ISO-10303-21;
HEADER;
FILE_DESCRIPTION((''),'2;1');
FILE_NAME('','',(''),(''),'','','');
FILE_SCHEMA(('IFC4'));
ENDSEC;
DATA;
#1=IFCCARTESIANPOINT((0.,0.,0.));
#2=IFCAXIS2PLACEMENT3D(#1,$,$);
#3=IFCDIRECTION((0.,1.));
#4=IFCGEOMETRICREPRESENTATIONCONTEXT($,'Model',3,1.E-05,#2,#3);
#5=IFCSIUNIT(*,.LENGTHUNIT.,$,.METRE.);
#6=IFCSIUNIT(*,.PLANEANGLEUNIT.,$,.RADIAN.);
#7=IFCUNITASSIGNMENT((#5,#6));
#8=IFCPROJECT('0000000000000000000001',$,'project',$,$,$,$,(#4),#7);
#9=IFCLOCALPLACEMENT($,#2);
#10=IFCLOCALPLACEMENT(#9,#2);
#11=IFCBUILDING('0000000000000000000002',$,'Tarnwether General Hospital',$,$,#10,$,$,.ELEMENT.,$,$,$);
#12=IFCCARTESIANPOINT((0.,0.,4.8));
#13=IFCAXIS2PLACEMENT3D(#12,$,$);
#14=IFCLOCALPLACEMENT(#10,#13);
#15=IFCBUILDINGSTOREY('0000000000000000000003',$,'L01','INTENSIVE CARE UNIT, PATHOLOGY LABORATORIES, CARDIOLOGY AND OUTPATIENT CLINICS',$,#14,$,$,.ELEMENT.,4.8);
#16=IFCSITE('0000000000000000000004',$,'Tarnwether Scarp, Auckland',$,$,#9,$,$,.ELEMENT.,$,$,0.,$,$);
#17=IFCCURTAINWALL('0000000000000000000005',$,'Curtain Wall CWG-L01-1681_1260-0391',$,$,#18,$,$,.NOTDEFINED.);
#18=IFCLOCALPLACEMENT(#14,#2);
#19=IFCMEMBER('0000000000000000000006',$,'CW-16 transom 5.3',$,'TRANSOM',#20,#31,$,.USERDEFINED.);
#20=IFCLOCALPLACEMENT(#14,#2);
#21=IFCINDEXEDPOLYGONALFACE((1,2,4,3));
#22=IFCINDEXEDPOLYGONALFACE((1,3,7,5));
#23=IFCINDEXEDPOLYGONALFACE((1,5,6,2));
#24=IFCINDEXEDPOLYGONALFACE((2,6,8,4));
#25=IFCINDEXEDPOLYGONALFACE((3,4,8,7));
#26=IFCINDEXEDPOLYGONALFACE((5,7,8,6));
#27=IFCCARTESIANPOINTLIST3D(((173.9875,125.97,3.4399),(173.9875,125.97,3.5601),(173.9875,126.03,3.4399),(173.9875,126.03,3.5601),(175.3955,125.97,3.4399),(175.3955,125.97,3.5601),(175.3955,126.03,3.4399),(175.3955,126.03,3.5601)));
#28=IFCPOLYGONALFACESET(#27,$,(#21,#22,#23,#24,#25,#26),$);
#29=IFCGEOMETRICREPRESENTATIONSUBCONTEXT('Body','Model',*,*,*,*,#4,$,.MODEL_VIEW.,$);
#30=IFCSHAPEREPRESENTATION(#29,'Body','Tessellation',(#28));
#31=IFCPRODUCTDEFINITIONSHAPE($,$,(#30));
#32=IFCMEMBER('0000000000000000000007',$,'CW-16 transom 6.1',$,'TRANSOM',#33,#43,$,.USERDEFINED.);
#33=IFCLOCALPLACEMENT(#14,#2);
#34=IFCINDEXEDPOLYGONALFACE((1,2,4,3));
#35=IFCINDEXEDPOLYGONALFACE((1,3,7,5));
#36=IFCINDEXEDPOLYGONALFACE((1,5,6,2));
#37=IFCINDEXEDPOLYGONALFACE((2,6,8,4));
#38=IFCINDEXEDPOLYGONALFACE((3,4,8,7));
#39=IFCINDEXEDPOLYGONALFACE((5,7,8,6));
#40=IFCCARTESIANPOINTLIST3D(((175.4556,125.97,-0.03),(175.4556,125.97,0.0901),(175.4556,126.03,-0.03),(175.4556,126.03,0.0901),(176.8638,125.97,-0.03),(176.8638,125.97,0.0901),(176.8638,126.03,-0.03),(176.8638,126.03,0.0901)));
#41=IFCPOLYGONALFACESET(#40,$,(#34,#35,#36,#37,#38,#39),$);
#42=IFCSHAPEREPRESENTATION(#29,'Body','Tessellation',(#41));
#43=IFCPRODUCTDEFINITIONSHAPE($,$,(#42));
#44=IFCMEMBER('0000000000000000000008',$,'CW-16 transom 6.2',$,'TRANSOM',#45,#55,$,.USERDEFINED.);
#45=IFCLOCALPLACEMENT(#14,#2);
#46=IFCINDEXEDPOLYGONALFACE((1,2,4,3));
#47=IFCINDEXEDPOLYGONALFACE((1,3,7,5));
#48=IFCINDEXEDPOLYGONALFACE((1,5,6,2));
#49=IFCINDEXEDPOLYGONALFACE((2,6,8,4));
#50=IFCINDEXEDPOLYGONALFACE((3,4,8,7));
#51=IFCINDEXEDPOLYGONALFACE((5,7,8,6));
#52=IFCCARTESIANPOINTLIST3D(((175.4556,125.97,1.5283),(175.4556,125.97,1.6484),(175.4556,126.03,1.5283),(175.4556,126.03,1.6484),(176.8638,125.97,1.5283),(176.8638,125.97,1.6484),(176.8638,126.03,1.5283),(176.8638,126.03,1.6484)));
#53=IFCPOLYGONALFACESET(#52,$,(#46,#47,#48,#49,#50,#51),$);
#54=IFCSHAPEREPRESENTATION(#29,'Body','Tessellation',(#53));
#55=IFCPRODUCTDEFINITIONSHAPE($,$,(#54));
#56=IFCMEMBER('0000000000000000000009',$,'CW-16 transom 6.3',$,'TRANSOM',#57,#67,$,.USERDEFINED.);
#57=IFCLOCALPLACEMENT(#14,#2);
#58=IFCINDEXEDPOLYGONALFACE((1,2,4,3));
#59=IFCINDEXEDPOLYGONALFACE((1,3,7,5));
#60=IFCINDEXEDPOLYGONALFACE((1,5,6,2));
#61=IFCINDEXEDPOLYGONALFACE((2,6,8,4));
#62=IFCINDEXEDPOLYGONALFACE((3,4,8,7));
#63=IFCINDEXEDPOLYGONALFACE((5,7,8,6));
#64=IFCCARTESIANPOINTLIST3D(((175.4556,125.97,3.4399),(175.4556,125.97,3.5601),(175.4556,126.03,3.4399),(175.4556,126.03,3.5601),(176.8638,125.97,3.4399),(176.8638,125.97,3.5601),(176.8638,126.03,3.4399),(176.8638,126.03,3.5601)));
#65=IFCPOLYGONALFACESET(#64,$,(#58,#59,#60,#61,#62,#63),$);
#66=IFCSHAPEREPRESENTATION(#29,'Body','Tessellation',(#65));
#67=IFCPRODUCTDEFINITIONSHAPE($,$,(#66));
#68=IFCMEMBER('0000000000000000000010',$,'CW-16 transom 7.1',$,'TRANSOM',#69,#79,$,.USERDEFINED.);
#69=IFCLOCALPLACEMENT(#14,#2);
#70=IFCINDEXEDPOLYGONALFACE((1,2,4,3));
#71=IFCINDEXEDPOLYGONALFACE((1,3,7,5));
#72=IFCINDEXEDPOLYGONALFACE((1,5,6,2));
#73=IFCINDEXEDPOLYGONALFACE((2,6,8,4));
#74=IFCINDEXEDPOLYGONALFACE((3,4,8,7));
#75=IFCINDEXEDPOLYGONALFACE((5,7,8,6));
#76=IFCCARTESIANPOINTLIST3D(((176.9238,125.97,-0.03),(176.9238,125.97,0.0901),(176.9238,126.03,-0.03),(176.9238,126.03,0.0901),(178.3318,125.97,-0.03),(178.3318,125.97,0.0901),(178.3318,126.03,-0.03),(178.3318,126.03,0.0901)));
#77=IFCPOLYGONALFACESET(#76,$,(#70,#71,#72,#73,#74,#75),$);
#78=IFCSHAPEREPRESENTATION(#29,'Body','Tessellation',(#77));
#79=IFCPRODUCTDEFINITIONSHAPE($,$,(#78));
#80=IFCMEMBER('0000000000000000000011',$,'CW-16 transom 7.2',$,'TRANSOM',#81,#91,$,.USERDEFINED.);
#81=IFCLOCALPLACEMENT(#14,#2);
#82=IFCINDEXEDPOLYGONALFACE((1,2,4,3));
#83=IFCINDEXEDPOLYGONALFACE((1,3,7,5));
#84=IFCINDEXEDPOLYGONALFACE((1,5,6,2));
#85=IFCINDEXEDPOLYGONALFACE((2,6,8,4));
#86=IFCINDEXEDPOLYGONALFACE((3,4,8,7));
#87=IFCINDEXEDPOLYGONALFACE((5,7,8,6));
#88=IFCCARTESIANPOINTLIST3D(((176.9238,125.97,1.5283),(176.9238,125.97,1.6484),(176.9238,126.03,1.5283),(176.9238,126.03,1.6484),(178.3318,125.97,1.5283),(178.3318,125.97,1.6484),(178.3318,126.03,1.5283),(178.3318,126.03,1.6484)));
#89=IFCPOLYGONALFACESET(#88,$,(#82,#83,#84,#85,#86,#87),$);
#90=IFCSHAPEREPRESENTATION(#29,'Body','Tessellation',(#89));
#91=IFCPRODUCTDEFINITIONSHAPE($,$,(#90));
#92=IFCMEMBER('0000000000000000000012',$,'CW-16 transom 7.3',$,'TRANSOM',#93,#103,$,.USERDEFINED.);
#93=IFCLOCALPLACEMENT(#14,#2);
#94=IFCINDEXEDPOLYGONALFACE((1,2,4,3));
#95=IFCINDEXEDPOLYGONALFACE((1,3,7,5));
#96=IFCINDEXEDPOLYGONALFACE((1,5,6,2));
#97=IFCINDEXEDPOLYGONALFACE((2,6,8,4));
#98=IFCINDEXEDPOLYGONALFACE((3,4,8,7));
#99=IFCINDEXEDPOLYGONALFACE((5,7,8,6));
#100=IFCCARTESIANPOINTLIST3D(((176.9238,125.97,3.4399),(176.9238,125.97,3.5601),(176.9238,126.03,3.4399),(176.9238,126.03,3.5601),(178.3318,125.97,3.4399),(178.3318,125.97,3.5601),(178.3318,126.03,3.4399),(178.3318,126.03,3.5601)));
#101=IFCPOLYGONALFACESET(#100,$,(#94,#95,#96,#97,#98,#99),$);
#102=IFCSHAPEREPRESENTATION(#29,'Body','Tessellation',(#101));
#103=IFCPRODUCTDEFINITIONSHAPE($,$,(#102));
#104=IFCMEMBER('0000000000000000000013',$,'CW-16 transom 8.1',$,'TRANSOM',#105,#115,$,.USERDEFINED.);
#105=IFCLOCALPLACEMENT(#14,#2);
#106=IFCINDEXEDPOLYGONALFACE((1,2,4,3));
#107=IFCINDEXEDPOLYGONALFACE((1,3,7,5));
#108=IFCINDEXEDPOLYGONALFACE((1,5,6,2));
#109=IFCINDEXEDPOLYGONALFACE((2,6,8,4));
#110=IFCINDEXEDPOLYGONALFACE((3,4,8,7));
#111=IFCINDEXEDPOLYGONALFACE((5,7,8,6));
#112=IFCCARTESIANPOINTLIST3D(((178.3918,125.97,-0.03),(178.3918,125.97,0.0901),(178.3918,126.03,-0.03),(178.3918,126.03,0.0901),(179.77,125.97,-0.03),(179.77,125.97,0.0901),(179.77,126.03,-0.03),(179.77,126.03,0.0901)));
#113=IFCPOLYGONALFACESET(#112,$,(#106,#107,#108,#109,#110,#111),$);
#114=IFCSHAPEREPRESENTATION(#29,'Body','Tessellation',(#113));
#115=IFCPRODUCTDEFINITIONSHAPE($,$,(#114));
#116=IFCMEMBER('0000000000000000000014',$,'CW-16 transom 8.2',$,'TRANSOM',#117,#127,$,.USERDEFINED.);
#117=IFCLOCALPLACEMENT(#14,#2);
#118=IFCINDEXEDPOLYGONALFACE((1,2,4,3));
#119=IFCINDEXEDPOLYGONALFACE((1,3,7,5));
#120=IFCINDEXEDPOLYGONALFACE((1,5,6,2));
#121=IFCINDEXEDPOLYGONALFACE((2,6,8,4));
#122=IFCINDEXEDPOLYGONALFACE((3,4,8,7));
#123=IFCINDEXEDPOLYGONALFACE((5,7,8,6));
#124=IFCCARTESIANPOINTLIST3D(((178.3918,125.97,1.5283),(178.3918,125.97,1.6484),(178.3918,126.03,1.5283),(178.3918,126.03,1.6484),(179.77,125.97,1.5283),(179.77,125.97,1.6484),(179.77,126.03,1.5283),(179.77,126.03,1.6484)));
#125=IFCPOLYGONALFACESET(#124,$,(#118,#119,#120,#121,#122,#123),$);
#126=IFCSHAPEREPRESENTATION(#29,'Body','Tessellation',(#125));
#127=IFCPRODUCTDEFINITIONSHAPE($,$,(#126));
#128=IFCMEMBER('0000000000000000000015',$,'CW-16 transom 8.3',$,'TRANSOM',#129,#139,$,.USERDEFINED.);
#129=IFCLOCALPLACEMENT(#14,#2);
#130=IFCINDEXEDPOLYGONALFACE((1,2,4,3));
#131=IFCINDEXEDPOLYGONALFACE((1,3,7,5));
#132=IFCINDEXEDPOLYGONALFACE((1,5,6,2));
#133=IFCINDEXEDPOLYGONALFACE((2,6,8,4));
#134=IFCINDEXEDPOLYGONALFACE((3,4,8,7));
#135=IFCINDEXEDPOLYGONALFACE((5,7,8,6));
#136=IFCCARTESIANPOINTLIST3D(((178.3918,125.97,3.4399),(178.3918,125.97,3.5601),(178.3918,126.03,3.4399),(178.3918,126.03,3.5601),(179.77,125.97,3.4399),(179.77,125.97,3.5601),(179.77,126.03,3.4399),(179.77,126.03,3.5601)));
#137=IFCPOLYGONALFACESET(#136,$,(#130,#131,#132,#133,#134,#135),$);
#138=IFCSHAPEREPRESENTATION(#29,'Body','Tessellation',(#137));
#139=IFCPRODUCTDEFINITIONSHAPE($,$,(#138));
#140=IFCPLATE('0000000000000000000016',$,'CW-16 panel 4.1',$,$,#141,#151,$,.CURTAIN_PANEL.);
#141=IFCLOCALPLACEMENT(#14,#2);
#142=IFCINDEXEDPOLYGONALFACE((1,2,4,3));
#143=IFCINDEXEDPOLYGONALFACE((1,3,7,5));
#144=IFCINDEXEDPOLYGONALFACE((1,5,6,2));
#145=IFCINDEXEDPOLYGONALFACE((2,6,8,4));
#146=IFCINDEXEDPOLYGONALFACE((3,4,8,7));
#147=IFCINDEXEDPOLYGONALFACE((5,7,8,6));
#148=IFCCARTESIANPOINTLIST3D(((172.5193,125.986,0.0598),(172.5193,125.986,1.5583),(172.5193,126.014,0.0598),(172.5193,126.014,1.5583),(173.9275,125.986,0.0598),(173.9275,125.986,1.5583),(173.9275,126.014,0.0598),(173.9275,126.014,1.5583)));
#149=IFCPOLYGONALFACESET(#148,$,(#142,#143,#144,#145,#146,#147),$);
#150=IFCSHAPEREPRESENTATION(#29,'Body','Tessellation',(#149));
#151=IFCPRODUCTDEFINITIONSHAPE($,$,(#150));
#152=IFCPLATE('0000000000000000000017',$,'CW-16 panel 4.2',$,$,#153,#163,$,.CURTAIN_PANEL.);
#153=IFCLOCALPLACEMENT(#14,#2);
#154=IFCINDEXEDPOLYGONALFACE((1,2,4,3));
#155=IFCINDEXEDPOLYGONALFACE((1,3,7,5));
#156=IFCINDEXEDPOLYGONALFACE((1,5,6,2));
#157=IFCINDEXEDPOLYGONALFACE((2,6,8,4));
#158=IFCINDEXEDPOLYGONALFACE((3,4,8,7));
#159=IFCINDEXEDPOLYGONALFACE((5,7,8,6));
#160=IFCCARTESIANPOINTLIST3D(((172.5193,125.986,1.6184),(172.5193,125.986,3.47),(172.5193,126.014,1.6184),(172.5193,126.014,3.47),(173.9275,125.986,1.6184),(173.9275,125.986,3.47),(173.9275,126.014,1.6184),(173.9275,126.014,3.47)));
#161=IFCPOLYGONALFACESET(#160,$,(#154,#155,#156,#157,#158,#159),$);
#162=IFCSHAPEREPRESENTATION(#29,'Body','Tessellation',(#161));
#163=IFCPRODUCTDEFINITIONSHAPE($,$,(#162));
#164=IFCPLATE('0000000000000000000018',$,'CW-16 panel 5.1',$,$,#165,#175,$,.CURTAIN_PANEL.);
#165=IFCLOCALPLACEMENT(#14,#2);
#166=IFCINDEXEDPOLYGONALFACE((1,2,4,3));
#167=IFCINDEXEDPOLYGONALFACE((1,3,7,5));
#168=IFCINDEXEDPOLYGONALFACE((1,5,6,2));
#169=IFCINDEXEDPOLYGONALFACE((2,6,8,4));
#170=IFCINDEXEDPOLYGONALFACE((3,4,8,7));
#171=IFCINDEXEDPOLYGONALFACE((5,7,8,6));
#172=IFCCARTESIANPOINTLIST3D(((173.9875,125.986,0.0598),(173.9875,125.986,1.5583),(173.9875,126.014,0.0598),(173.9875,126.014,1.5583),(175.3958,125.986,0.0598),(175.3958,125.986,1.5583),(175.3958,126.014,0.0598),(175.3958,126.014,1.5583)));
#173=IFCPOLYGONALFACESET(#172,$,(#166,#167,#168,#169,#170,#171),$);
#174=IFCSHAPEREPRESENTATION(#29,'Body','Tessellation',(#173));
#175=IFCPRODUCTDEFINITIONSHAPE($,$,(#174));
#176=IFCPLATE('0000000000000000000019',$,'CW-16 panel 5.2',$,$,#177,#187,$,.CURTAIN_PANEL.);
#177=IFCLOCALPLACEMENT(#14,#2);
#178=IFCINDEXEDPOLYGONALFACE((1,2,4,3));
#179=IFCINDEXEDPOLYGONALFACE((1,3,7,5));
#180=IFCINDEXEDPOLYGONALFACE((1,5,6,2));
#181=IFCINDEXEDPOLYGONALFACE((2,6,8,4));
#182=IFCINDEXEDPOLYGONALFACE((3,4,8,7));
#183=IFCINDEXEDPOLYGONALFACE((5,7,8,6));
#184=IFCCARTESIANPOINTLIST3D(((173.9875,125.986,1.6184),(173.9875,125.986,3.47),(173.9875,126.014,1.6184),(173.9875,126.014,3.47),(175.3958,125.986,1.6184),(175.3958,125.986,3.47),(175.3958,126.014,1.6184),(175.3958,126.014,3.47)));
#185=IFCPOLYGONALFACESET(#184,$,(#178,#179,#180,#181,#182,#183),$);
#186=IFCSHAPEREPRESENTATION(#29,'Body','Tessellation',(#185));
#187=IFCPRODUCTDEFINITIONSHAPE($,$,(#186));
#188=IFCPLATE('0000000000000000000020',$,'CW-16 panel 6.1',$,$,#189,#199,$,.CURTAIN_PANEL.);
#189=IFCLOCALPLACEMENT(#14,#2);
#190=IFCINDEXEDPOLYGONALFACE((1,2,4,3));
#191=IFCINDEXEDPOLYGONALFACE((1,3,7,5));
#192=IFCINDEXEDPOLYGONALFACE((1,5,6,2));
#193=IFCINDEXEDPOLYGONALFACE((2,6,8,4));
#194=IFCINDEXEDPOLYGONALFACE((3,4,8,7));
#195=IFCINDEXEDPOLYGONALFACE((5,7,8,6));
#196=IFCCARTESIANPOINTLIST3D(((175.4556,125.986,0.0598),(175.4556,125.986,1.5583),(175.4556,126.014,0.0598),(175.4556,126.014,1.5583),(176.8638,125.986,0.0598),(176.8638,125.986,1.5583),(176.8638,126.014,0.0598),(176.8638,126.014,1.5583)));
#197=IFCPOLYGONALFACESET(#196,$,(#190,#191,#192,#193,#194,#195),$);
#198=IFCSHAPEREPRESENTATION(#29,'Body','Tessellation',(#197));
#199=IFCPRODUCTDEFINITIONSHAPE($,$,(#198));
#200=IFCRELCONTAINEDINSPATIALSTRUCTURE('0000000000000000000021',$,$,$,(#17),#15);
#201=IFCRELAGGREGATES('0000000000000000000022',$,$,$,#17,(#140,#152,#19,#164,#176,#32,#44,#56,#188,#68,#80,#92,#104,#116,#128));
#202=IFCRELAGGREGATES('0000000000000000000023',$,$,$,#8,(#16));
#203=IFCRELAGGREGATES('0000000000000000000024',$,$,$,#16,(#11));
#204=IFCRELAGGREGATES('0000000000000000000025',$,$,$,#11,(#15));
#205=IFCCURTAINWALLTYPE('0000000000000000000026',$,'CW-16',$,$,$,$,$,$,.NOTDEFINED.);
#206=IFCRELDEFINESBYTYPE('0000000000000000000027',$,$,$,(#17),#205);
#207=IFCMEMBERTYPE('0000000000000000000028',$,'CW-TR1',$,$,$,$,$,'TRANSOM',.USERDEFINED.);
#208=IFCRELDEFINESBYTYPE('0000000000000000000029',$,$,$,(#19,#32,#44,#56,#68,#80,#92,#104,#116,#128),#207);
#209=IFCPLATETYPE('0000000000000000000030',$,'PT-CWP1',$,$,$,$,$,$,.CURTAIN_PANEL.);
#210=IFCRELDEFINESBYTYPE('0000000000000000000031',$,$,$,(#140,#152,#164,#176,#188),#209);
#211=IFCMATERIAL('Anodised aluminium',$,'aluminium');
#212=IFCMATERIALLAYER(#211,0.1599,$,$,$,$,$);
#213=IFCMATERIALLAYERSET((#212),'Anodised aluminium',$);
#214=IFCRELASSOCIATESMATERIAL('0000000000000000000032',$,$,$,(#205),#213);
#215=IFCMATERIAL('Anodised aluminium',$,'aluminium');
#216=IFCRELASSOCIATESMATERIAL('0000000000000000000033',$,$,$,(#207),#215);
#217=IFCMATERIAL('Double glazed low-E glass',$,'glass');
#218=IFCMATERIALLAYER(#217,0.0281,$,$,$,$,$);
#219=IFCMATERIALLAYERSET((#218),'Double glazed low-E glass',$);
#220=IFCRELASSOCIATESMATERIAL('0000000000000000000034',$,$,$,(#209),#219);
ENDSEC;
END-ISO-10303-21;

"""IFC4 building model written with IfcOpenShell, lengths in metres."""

from ifc_helpers import new_model, si_unit, direction, frame, origin, origin_2d, place, context, subcontext, project, spatial, rectangle, extrude, material, layer, layer_set, material_profile, profile_set, type_object, element, aggregate, save


model = new_model("IFC4")

# Units and contexts
model_context = context("Model", 3, precision=1e-05, world=origin(), true_north=direction((0.0, 1.0)))
body_context = subcontext(model_context, "Body", "Model", "MODEL_VIEW")
ifc_project = project(units=[si_unit("LENGTHUNIT", "METRE"), si_unit("PLANEANGLEUNIT", "RADIAN")], contexts=[model_context])

# Site, building, storey
site_placement = place(None, origin())
site = spatial("IfcSite", under=ifc_project, at=site_placement, Name="Tarnwether Scarp, Auckland", CompositionType="ELEMENT", RefElevation=0.0)
building_placement = place(site_placement, origin())
building = spatial("IfcBuilding", under=site, at=building_placement, Name="Tarnwether General Hospital", CompositionType="ELEMENT")
storey_placement = place(building_placement, frame((0.0, 0.0, 4.8)))
storey = spatial("IfcBuildingStorey", under=building, at=storey_placement, Name="L01", Description="INTENSIVE CARE UNIT, PATHOLOGY LABORATORIES, CARDIOLOGY AND OUTPATIENT CLINICS", CompositionType="ELEMENT", Elevation=4.8)

# Curtain wall, members, plates
ifc_material_1 = material(Name="Anodised aluminium", Category="aluminium")
ifc_layer_1 = layer(ifc_material_1, 0.1599)
ifc_layer_set_1 = layer_set([ifc_layer_1], Name="Anodised aluminium")
curtain_wall_type = type_object("IfcCurtainWallType", Name="CW-16", PredefinedType="NOTDEFINED", material=ifc_layer_set_1)
curtain_wall_placement = place(storey_placement, origin())
curtain_wall = element("IfcCurtainWall", 1, at=curtain_wall_placement, inside=storey, type_object=curtain_wall_type, Name="Curtain Wall CWG-L01-1681_1260-0391", PredefinedType="NOTDEFINED")
ifc_material_2 = material(Name="Anodised aluminium", Category="aluminium")
ifc_material_profile_1 = material_profile(ifc_material_2, rectangle(XDim=0.0601, YDim=0.1201, at=origin_2d()), Name="ALU-TRN-60x120")
ifc_profile_set_1 = profile_set([ifc_material_profile_1], Name="Anodised aluminium")
member_type_1 = type_object("IfcMemberType", Name="CW-TR1", ElementType="TRANSOM", PredefinedType="USERDEFINED", material=ifc_profile_set_1)
member_1_placement = place(storey_placement, frame((173.9875, 126.0, 3.5), z_axis=(1.0, 0.0, 0.0), x_axis=(0.0, 1.0, 0.0)))
member_1 = element("IfcMember", 2, at=member_1_placement, type_object=member_type_1, Name="CW-16 transom 5.3", ObjectType="TRANSOM", PredefinedType="USERDEFINED", context=body_context, shape_type="SweptSolid", body=[
    extrude(rectangle(XDim=0.0601, YDim=0.1201, at=origin_2d()), origin(), (0.0, 0.0, 1.0), 1.408),
])
member_2_placement = place(storey_placement, frame((175.4556, 126.0, 0.03), z_axis=(1.0, 0.0, 0.0), x_axis=(0.0, 1.0, 0.0)))
member_2 = element("IfcMember", 3, at=member_2_placement, type_object=member_type_1, Name="CW-16 transom 6.1", ObjectType="TRANSOM", PredefinedType="USERDEFINED", context=body_context, shape_type="SweptSolid", body=[
    extrude(rectangle(XDim=0.0601, YDim=0.1201, at=origin_2d()), origin(), (0.0, 0.0, 1.0), 1.4082),
])
member_3_placement = place(storey_placement, frame((175.4556, 126.0, 1.5884), z_axis=(1.0, 0.0, 0.0), x_axis=(0.0, 1.0, 0.0)))
member_3 = element("IfcMember", 4, at=member_3_placement, type_object=member_type_1, Name="CW-16 transom 6.2", ObjectType="TRANSOM", PredefinedType="USERDEFINED", context=body_context, shape_type="SweptSolid", body=[
    extrude(rectangle(XDim=0.0601, YDim=0.1201, at=origin_2d()), origin(), (0.0, 0.0, 1.0), 1.4082),
])
member_4_placement = place(storey_placement, frame((175.4556, 126.0, 3.5), z_axis=(1.0, 0.0, 0.0), x_axis=(0.0, 1.0, 0.0)))
member_4 = element("IfcMember", 5, at=member_4_placement, type_object=member_type_1, Name="CW-16 transom 6.3", ObjectType="TRANSOM", PredefinedType="USERDEFINED", context=body_context, shape_type="SweptSolid", body=[
    extrude(rectangle(XDim=0.0601, YDim=0.1201, at=origin_2d()), origin(), (0.0, 0.0, 1.0), 1.4082),
])
member_5_placement = place(storey_placement, frame((176.9238, 126.0, 0.03), z_axis=(1.0, 0.0, 0.0), x_axis=(0.0, 1.0, 0.0)))
member_5 = element("IfcMember", 6, at=member_5_placement, type_object=member_type_1, Name="CW-16 transom 7.1", ObjectType="TRANSOM", PredefinedType="USERDEFINED", context=body_context, shape_type="SweptSolid", body=[
    extrude(rectangle(XDim=0.0601, YDim=0.1201, at=origin_2d()), origin(), (0.0, 0.0, 1.0), 1.408),
])
member_6_placement = place(storey_placement, frame((176.9238, 126.0, 1.5884), z_axis=(1.0, 0.0, 0.0), x_axis=(0.0, 1.0, 0.0)))
member_6 = element("IfcMember", 7, at=member_6_placement, type_object=member_type_1, Name="CW-16 transom 7.2", ObjectType="TRANSOM", PredefinedType="USERDEFINED", context=body_context, shape_type="SweptSolid", body=[
    extrude(rectangle(XDim=0.0601, YDim=0.1201, at=origin_2d()), origin(), (0.0, 0.0, 1.0), 1.408),
])
member_7_placement = place(storey_placement, frame((176.9238, 126.0, 3.5), z_axis=(1.0, 0.0, 0.0), x_axis=(0.0, 1.0, 0.0)))
member_7 = element("IfcMember", 8, at=member_7_placement, type_object=member_type_1, Name="CW-16 transom 7.3", ObjectType="TRANSOM", PredefinedType="USERDEFINED", context=body_context, shape_type="SweptSolid", body=[
    extrude(rectangle(XDim=0.0601, YDim=0.1201, at=origin_2d()), origin(), (0.0, 0.0, 1.0), 1.408),
])
member_8_placement = place(storey_placement, frame((178.3918, 126.0, 0.03), z_axis=(1.0, 0.0, 0.0), x_axis=(0.0, 1.0, 0.0)))
member_8 = element("IfcMember", 9, at=member_8_placement, type_object=member_type_1, Name="CW-16 transom 8.1", ObjectType="TRANSOM", PredefinedType="USERDEFINED", context=body_context, shape_type="SweptSolid", body=[
    extrude(rectangle(XDim=0.0601, YDim=0.1201, at=origin_2d()), origin(), (0.0, 0.0, 1.0), 1.3782),
])
member_9_placement = place(storey_placement, frame((178.3918, 126.0, 1.5884), z_axis=(1.0, 0.0, 0.0), x_axis=(0.0, 1.0, 0.0)))
member_9 = element("IfcMember", 10, at=member_9_placement, type_object=member_type_1, Name="CW-16 transom 8.2", ObjectType="TRANSOM", PredefinedType="USERDEFINED", context=body_context, shape_type="SweptSolid", body=[
    extrude(rectangle(XDim=0.0601, YDim=0.1201, at=origin_2d()), origin(), (0.0, 0.0, 1.0), 1.3782),
])
member_10_placement = place(storey_placement, frame((178.3918, 126.0, 3.5), z_axis=(1.0, 0.0, 0.0), x_axis=(0.0, 1.0, 0.0)))
member_10 = element("IfcMember", 11, at=member_10_placement, type_object=member_type_1, Name="CW-16 transom 8.3", ObjectType="TRANSOM", PredefinedType="USERDEFINED", context=body_context, shape_type="SweptSolid", body=[
    extrude(rectangle(XDim=0.0601, YDim=0.1201, at=origin_2d()), origin(), (0.0, 0.0, 1.0), 1.3782),
])
ifc_material_3 = material(Name="Double glazed low-E glass", Category="glass")
ifc_layer_2 = layer(ifc_material_3, 0.0281)
ifc_layer_set_2 = layer_set([ifc_layer_2], Name="Double glazed low-E glass")
plate_type_1 = type_object("IfcPlateType", Name="PT-CWP1", PredefinedType="CURTAIN_PANEL", material=ifc_layer_set_2)
plate_1_placement = place(storey_placement, frame((173.2234, 126.0, 0.0598), z_axis=(0.0, 0.0, 1.0), x_axis=(1.0, 0.0, 0.0)))
plate_1 = element("IfcPlate", 12, at=plate_1_placement, type_object=plate_type_1, Name="CW-16 panel 4.1", PredefinedType="CURTAIN_PANEL", context=body_context, shape_type="SweptSolid", body=[
    extrude(rectangle(XDim=1.4082, YDim=0.0281, at=origin_2d()), origin(), (0.0, 0.0, 1.0), 1.4985),
])
plate_2_placement = place(storey_placement, frame((173.2234, 126.0, 1.6184), z_axis=(0.0, 0.0, 1.0), x_axis=(1.0, 0.0, 0.0)))
plate_2 = element("IfcPlate", 13, at=plate_2_placement, type_object=plate_type_1, Name="CW-16 panel 4.2", PredefinedType="CURTAIN_PANEL", context=body_context, shape_type="SweptSolid", body=[
    extrude(rectangle(XDim=1.4082, YDim=0.0281, at=origin_2d()), origin(), (0.0, 0.0, 1.0), 1.8516),
])
plate_3_placement = place(storey_placement, frame((174.6917, 126.0, 0.0598), z_axis=(0.0, 0.0, 1.0), x_axis=(1.0, 0.0, 0.0)))
plate_3 = element("IfcPlate", 14, at=plate_3_placement, type_object=plate_type_1, Name="CW-16 panel 5.1", PredefinedType="CURTAIN_PANEL", context=body_context, shape_type="SweptSolid", body=[
    extrude(rectangle(XDim=1.4082, YDim=0.0281, at=origin_2d()), origin(), (0.0, 0.0, 1.0), 1.4985),
])
plate_4_placement = place(storey_placement, frame((174.6917, 126.0, 1.6184), z_axis=(0.0, 0.0, 1.0), x_axis=(1.0, 0.0, 0.0)))
plate_4 = element("IfcPlate", 15, at=plate_4_placement, type_object=plate_type_1, Name="CW-16 panel 5.2", PredefinedType="CURTAIN_PANEL", context=body_context, shape_type="SweptSolid", body=[
    extrude(rectangle(XDim=1.4082, YDim=0.0281, at=origin_2d()), origin(), (0.0, 0.0, 1.0), 1.8516),
])
plate_5_placement = place(storey_placement, frame((176.1597, 126.0, 0.0598), z_axis=(0.0, 0.0, 1.0), x_axis=(1.0, 0.0, 0.0)))
plate_5 = element("IfcPlate", 16, at=plate_5_placement, type_object=plate_type_1, Name="CW-16 panel 6.1", PredefinedType="CURTAIN_PANEL", context=body_context, shape_type="SweptSolid", body=[
    extrude(rectangle(XDim=1.4082, YDim=0.0281, at=origin_2d()), origin(), (0.0, 0.0, 1.0), 1.4985),
])
aggregate(curtain_wall, [plate_1, plate_2, member_1, plate_3, plate_4, member_2, member_3, member_4, plate_5, member_5, member_6, member_7, member_8, member_9, member_10])

save(model, "model.ifc")
